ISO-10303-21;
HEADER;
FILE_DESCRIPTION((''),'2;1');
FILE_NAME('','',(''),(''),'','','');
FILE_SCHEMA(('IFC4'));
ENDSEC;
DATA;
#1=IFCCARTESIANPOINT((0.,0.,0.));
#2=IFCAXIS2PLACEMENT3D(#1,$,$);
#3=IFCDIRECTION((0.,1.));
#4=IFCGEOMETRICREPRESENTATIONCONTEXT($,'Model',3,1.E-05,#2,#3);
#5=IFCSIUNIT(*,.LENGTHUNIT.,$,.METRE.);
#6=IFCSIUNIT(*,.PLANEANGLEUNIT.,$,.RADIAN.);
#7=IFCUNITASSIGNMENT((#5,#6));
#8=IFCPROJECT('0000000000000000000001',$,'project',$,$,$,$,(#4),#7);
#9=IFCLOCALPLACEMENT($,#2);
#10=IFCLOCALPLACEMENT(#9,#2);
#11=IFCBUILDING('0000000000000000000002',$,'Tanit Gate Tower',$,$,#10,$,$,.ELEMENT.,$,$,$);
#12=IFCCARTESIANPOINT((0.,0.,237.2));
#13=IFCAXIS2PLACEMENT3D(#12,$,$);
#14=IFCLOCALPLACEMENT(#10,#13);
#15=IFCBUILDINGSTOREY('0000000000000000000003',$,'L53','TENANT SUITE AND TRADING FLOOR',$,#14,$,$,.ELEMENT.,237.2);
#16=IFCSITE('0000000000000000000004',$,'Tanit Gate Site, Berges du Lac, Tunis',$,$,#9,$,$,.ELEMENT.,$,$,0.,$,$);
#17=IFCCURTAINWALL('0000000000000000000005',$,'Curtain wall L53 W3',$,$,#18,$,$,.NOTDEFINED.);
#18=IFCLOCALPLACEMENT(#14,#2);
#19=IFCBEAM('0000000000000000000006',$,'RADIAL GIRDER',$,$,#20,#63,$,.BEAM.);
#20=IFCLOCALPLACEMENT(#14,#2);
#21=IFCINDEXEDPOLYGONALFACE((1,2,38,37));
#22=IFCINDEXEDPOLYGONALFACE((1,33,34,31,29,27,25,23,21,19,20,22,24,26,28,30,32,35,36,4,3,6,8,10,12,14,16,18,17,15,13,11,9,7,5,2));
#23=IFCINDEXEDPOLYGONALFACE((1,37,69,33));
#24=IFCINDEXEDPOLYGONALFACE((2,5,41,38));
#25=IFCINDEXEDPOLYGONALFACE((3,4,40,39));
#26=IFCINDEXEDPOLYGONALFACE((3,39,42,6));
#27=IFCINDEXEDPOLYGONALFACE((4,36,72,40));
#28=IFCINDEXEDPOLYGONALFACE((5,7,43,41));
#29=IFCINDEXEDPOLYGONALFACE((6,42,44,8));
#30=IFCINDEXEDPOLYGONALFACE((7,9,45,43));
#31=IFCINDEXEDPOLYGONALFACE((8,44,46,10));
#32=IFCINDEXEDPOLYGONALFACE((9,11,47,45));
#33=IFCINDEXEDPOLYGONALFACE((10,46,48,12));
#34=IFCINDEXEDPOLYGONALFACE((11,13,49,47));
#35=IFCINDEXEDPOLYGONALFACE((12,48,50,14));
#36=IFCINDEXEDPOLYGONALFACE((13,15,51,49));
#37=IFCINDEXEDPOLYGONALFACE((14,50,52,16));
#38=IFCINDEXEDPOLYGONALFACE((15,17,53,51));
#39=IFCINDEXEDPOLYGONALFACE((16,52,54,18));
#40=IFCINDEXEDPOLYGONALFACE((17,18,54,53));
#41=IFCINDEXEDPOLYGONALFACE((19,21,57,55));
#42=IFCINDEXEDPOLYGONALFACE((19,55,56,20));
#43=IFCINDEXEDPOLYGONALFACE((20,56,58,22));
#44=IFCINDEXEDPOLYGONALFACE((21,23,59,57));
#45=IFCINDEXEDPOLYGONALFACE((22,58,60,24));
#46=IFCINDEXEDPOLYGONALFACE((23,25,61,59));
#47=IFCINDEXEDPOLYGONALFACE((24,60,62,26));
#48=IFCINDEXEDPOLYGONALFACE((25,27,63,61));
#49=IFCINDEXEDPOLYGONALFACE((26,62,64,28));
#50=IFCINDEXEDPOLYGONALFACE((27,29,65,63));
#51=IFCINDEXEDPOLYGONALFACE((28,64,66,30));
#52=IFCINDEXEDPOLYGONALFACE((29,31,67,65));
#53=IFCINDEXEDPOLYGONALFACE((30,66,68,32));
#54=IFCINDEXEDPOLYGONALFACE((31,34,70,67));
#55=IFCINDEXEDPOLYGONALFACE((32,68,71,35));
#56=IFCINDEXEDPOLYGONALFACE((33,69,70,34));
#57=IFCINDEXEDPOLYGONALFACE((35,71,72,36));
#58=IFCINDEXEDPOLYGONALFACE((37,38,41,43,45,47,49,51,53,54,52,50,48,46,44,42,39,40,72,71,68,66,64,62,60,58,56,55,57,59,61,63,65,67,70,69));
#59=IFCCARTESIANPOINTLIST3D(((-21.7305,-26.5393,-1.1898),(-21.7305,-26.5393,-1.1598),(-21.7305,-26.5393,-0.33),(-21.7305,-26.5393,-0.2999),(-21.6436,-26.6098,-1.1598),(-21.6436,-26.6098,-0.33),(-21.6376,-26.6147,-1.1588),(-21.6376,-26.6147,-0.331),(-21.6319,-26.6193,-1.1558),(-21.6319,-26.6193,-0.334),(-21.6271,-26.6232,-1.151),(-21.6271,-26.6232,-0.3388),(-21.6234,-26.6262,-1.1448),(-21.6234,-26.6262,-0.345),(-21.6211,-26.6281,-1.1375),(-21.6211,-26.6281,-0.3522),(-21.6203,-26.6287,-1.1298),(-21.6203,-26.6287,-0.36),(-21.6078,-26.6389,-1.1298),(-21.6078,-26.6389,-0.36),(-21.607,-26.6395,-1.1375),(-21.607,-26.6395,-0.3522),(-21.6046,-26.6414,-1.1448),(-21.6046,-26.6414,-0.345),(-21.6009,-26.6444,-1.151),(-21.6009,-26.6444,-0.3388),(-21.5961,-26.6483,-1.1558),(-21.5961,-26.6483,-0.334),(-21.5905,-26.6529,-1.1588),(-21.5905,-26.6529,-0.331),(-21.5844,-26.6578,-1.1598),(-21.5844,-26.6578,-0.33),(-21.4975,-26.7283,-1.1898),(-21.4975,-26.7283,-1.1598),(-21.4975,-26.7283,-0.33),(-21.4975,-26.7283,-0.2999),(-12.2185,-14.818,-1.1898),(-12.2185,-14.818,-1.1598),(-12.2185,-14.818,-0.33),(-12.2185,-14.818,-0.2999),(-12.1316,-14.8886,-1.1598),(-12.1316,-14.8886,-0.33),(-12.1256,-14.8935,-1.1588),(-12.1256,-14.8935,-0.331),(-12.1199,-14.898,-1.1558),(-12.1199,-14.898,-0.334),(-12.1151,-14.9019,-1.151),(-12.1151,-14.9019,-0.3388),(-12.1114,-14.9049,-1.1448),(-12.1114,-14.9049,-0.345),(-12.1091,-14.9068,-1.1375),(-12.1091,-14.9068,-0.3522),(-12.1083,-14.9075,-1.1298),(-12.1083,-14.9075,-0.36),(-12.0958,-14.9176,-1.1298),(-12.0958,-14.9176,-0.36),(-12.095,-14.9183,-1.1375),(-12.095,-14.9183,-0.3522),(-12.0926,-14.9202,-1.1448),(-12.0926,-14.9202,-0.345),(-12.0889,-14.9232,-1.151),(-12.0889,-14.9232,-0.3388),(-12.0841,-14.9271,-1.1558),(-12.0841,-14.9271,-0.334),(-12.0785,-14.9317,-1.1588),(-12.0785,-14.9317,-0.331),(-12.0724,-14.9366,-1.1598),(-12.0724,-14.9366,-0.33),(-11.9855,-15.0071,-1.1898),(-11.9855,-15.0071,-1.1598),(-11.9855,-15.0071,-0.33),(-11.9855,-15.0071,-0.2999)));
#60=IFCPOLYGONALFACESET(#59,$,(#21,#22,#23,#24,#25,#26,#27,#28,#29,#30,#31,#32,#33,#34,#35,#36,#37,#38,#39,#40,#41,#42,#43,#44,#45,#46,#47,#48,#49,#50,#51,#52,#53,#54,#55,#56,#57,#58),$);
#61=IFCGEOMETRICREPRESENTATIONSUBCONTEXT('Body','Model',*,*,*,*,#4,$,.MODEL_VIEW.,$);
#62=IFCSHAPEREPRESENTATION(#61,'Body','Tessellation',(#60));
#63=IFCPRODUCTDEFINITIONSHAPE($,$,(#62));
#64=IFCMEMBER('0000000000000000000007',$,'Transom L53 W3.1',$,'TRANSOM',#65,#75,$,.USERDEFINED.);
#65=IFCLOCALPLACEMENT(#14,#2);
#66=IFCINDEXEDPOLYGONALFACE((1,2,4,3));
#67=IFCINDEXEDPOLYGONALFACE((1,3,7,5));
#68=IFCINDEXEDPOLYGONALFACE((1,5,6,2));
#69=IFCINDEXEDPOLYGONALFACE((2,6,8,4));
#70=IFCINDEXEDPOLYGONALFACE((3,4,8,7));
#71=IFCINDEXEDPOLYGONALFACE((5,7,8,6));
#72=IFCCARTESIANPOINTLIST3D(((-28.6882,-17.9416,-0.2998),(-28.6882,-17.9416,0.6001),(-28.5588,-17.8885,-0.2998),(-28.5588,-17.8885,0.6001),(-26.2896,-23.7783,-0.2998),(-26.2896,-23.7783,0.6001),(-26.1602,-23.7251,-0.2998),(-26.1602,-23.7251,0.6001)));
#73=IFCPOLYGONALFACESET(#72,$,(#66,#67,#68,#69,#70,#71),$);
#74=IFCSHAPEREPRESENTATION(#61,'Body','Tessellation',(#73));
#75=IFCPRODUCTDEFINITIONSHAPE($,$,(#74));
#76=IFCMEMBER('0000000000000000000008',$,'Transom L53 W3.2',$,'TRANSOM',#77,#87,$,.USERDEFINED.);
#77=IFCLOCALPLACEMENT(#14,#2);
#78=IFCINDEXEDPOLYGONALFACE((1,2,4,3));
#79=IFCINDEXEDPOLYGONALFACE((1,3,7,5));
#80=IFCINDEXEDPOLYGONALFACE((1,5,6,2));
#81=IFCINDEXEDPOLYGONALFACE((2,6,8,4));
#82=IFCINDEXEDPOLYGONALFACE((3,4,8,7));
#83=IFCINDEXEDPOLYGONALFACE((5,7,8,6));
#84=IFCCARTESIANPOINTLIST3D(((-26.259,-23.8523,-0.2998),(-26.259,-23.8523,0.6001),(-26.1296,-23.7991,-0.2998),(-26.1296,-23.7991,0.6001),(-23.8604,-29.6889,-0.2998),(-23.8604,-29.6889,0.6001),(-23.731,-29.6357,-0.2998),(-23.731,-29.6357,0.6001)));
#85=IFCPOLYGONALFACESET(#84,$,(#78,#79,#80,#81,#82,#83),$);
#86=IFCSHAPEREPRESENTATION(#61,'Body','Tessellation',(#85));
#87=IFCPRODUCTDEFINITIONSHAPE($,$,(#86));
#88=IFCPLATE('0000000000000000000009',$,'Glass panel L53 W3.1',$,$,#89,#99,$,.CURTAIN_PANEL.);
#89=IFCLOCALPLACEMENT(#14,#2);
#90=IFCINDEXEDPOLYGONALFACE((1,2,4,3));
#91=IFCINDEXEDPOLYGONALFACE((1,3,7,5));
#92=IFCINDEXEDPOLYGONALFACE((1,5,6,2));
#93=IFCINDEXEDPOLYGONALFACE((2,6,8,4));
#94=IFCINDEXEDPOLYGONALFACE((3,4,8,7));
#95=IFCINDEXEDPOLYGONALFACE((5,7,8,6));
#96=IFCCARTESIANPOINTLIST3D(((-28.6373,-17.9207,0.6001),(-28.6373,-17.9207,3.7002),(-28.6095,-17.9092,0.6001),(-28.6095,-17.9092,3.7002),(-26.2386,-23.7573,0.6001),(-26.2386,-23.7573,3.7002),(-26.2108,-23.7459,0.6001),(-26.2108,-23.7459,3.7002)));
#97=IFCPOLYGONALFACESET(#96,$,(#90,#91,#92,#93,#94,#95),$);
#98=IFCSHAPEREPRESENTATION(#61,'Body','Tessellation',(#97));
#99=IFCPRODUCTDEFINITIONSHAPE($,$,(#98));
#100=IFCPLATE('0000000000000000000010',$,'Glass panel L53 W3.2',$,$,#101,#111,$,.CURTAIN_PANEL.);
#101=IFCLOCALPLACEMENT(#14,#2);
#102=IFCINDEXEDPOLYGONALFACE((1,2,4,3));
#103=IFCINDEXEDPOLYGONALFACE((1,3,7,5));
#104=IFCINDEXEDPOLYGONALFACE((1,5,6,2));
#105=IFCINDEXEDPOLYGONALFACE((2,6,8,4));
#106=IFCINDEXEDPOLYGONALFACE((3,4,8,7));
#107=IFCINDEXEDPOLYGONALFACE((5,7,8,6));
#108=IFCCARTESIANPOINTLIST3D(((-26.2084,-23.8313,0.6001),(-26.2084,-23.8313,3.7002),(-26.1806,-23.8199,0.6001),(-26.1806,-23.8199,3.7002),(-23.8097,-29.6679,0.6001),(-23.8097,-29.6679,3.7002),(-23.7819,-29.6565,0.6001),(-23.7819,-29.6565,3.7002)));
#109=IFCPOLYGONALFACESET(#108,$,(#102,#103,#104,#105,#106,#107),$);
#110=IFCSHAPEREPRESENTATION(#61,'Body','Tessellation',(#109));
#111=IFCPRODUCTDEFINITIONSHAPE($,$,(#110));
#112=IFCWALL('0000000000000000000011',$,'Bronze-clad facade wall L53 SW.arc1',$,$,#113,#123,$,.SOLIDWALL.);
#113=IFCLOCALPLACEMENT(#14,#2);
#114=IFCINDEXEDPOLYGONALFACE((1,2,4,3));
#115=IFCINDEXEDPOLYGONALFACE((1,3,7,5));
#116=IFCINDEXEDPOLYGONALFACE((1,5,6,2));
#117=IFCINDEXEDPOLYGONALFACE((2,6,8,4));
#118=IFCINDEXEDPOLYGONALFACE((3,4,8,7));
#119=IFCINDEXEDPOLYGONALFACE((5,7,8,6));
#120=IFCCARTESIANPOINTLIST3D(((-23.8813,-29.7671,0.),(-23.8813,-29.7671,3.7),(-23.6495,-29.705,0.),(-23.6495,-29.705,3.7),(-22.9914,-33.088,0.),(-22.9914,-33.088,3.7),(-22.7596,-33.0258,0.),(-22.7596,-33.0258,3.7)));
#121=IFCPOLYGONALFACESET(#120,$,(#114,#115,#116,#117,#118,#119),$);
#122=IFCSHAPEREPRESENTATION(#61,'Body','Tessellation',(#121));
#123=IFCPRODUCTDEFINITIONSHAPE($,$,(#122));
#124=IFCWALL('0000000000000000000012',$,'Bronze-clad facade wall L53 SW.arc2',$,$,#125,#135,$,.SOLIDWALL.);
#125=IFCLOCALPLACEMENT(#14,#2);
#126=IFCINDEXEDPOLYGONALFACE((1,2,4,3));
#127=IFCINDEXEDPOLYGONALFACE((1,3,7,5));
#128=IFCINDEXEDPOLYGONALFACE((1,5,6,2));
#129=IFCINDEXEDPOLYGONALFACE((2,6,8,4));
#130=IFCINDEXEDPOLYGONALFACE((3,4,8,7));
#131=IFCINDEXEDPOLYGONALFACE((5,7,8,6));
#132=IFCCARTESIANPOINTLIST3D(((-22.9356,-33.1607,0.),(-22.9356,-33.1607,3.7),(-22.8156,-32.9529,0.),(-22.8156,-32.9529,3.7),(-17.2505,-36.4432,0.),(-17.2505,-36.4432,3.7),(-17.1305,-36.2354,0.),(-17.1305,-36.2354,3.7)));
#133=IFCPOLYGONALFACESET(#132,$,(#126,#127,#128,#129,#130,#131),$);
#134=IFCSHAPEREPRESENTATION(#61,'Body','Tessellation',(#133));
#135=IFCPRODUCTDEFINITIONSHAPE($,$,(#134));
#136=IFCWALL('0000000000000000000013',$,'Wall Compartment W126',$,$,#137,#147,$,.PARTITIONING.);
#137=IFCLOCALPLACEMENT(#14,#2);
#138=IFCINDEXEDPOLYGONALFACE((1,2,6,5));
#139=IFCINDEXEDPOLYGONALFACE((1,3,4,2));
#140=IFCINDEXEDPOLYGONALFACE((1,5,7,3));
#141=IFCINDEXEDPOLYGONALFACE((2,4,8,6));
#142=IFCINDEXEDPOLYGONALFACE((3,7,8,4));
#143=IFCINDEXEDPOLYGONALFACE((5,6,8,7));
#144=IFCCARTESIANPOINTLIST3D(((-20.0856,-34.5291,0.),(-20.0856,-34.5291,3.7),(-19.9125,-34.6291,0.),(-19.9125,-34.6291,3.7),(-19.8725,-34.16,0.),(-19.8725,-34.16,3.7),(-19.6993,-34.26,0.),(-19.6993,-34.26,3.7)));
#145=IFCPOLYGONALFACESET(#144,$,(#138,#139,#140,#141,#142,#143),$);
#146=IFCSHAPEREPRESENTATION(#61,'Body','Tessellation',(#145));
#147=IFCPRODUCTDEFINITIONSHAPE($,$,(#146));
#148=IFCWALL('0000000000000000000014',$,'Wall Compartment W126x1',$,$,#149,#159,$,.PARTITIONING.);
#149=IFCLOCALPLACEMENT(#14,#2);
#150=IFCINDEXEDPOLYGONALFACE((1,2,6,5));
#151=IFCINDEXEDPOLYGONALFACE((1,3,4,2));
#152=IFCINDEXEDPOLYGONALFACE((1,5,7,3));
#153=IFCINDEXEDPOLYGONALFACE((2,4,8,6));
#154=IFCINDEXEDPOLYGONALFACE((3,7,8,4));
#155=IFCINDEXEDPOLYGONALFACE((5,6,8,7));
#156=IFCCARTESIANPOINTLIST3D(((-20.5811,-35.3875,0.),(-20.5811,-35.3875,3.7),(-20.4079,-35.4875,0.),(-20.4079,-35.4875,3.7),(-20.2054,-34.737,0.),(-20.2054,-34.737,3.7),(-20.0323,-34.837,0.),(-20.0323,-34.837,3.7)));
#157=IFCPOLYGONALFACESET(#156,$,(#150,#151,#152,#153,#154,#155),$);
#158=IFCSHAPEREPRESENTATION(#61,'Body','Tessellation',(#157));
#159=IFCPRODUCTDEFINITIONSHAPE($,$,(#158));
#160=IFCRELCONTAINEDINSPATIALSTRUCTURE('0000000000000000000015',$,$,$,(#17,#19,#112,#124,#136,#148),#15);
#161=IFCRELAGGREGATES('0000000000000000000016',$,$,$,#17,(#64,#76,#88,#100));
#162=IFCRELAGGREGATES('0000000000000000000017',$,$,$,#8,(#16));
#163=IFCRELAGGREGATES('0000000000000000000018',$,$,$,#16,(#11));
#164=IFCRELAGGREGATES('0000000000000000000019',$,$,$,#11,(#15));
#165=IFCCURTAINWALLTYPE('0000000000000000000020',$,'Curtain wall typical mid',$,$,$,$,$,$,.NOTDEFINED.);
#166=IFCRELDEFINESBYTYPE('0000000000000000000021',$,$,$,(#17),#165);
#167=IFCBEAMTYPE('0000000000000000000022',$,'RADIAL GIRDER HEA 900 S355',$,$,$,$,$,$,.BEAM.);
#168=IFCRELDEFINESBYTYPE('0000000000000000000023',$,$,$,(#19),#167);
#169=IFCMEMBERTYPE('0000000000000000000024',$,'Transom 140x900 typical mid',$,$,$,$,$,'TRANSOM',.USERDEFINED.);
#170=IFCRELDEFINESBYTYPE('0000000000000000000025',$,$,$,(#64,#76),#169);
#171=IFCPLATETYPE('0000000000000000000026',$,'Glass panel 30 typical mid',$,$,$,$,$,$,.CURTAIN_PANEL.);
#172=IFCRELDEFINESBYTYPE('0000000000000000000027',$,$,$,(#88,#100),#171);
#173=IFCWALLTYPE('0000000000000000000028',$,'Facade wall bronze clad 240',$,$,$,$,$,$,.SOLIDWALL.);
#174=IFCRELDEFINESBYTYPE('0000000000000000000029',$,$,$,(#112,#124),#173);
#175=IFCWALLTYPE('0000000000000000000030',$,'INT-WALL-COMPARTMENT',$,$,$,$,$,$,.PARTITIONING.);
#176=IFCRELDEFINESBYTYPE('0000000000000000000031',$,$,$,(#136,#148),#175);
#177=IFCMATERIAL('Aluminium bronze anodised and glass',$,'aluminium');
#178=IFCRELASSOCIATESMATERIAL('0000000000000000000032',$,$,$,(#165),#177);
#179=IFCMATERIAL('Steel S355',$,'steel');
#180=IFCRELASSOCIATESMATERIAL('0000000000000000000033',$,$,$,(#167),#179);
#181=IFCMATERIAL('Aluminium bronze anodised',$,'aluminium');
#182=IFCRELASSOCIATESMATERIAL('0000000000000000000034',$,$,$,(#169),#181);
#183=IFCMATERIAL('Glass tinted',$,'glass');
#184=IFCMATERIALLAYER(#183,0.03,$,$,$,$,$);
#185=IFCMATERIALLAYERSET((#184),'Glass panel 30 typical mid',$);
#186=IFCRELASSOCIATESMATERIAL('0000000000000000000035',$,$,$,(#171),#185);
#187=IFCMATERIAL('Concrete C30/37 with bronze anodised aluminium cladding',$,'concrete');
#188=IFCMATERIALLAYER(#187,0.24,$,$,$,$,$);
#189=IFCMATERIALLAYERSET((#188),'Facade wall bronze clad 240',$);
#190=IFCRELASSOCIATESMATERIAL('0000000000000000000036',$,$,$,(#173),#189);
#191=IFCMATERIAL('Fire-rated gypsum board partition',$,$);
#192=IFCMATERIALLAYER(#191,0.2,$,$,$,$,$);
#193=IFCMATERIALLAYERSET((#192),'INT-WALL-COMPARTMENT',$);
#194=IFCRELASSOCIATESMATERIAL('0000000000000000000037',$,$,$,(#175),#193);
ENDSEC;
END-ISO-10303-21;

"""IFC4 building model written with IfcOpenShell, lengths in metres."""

from ifc_helpers import new_model, si_unit, direction, frame, frame_2d, origin, origin_2d, place, context, subcontext, project, spatial, rectangle, i_section, extrude, material, layer, layer_set, material_profile, profile_set, type_object, element, aggregate, save


model = new_model("IFC4")

# Units and contexts
model_context = context("Model", 3, precision=1e-05, world=origin(), true_north=direction((0.0, 1.0)))
body_context = subcontext(model_context, "Body", "Model", "MODEL_VIEW")
ifc_project = project(units=[si_unit("LENGTHUNIT", "METRE"), si_unit("PLANEANGLEUNIT", "RADIAN")], contexts=[model_context])

# Site, building, storey
site_placement = place(None, origin())
site = spatial("IfcSite", under=ifc_project, at=site_placement, Name="Tanit Gate Site, Berges du Lac, Tunis", CompositionType="ELEMENT", RefElevation=0.0)
building_placement = place(site_placement, origin())
building = spatial("IfcBuilding", under=site, at=building_placement, Name="Tanit Gate Tower", CompositionType="ELEMENT")
storey_placement = place(building_placement, frame((0.0, 0.0, 237.2)))
storey = spatial("IfcBuildingStorey", under=building, at=storey_placement, Name="L53", Description="TENANT SUITE AND TRADING FLOOR", CompositionType="ELEMENT", Elevation=237.2)

# Curtain wall
ifc_material_1 = material(Name="Aluminium bronze anodised and glass", Category="aluminium")
curtain_wall_type = type_object("IfcCurtainWallType", Name="Curtain wall typical mid", PredefinedType="NOTDEFINED", material=ifc_material_1)
curtain_wall_1_placement = place(storey_placement, origin())
curtain_wall_1 = element("IfcCurtainWall", 1, at=curtain_wall_1_placement, inside=storey, type_object=curtain_wall_type, Name="Curtain wall L53 W3", PredefinedType="NOTDEFINED")

# Beam
ifc_material_2 = material(Name="Steel S355", Category="steel")
ifc_material_profile_1 = material_profile(ifc_material_2, i_section(OverallWidth=0.3, OverallDepth=0.8899, WebThickness=0.0161, FlangeThickness=0.03, FilletRadius=0.03, at=origin_2d()), Name="HEA 900")
ifc_profile_set_1 = profile_set([ifc_material_profile_1], Name="Steel S355")
beam_type_1 = type_object("IfcBeamType", Name="RADIAL GIRDER HEA 900 S355", PredefinedType="BEAM", material=ifc_profile_set_1)
beam_1_placement = place(storey_placement, frame((-21.614, -26.6338, -0.7449), z_axis=(0.630133, 0.776487, 0.0), x_axis=(-0.776487, 0.630133, 0.0)))
element("IfcBeam", 2, at=beam_1_placement, inside=storey, type_object=beam_type_1, Name="RADIAL GIRDER", PredefinedType="BEAM", context=body_context, shape_type="SweptSolid", body=[
    extrude(i_section(OverallWidth=0.3, OverallDepth=0.8899, WebThickness=0.0161, FlangeThickness=0.03, FilletRadius=0.03, at=origin_2d()), origin(), (0.0, 0.0, 1.0), 15.0952),
])

# Members
ifc_material_3 = material(Name="Aluminium bronze anodised", Category="aluminium")
ifc_material_profile_2 = material_profile(ifc_material_3, rectangle(XDim=0.1399, YDim=0.8999, at=origin_2d()), Name="140x900 bronze transom")
ifc_profile_set_2 = profile_set([ifc_material_profile_2], Name="Aluminium bronze anodised")
member_type_1 = type_object("IfcMemberType", Name="Transom 140x900 typical mid", ElementType="TRANSOM", PredefinedType="USERDEFINED", material=ifc_profile_set_2)
member_1_placement = place(storey_placement, frame((-28.6235, -17.915, 0.1501), z_axis=(0.380119, -0.924937, 0.0), x_axis=(0.924937, 0.380119, 0.0)))
member_1 = element("IfcMember", 3, at=member_1_placement, type_object=member_type_1, Name="Transom L53 W3.1", ObjectType="TRANSOM", PredefinedType="USERDEFINED", context=body_context, shape_type="SweptSolid", body=[
    extrude(rectangle(XDim=0.1399, YDim=0.8999, at=origin_2d()), origin(), (0.0, 0.0, 1.0), 6.3103),
])
member_2_placement = place(storey_placement, frame((-26.1943, -23.8257, 0.1501), z_axis=(0.380119, -0.924937, 0.0), x_axis=(0.924937, 0.380119, 0.0)))
member_2 = element("IfcMember", 4, at=member_2_placement, type_object=member_type_1, Name="Transom L53 W3.2", ObjectType="TRANSOM", PredefinedType="USERDEFINED", context=body_context, shape_type="SweptSolid", body=[
    extrude(rectangle(XDim=0.1399, YDim=0.8999, at=origin_2d()), origin(), (0.0, 0.0, 1.0), 6.3103),
])

# Plates
ifc_material_4 = material(Name="Glass tinted", Category="glass")
ifc_layer_1 = layer(ifc_material_4, 0.03)
ifc_layer_set_1 = layer_set([ifc_layer_1], Name="Glass panel 30 typical mid")
plate_type = type_object("IfcPlateType", Name="Glass panel 30 typical mid", PredefinedType="CURTAIN_PANEL", material=ifc_layer_set_1)
plate_1_placement = place(storey_placement, frame((-27.4241, -20.8333, 0.6001), z_axis=(0.0, 0.0, 1.0), x_axis=(0.380126, -0.924935, 0.0)))
plate_1 = element("IfcPlate", 5, at=plate_1_placement, type_object=plate_type, Name="Glass panel L53 W3.1", PredefinedType="CURTAIN_PANEL", context=body_context, shape_type="SweptSolid", body=[
    extrude(rectangle(XDim=6.3103, YDim=0.03, at=origin_2d()), origin(), (0.0, 0.0, 1.0), 3.1001),
])
plate_2_placement = place(storey_placement, frame((-24.9951, -26.7439, 0.6001), z_axis=(0.0, 0.0, 1.0), x_axis=(0.380126, -0.924935, 0.0)))
plate_2 = element("IfcPlate", 6, at=plate_2_placement, type_object=plate_type, Name="Glass panel L53 W3.2", PredefinedType="CURTAIN_PANEL", context=body_context, shape_type="SweptSolid", body=[
    extrude(rectangle(XDim=6.3103, YDim=0.03, at=origin_2d()), origin(), (0.0, 0.0, 1.0), 3.1001),
])
aggregate(curtain_wall_1, [member_1, member_2, plate_1, plate_2])

# Walls
ifc_material_5 = material(Name="Concrete C30/37 with bronze anodised aluminium cladding", Category="concrete")
ifc_layer_2 = layer(ifc_material_5, 0.24)
ifc_layer_set_2 = layer_set([ifc_layer_2], Name="Facade wall bronze clad 240")
wall_type_1 = type_object("IfcWallType", Name="Facade wall bronze clad 240", PredefinedType="SOLIDWALL", material=ifc_layer_set_2)
wall_1_placement = place(storey_placement, frame((-23.7654, -29.7361, 0.0), z_axis=(0.0, 0.0, 1.0), x_axis=(0.258843, -0.96592, 0.0)))
element("IfcWall", 7, at=wall_1_placement, inside=storey, type_object=wall_type_1, Name="Bronze-clad facade wall L53 SW.arc1", PredefinedType="SOLIDWALL", context=body_context, shape_type="SweptSolid", body=[
    extrude(rectangle(XDim=3.438, YDim=0.24, at=frame_2d((1.719, 0.0))), origin(), (0.0, 0.0, 1.0), 3.7),
])
wall_2_placement = place(storey_placement, frame((-22.8755, -33.0569, 0.0), z_axis=(0.0, 0.0, 1.0), x_axis=(0.866012, -0.500023, 0.0)))
element("IfcWall", 8, at=wall_2_placement, inside=storey, type_object=wall_type_1, Name="Bronze-clad facade wall L53 SW.arc2", PredefinedType="SOLIDWALL", context=body_context, shape_type="SweptSolid", body=[
    extrude(rectangle(XDim=6.5647, YDim=0.24, at=frame_2d((3.2822, 0.0))), origin(), (0.0, 0.0, 1.0), 3.7),
])
ifc_material_6 = material(Name="Fire-rated gypsum board partition")
ifc_layer_3 = layer(ifc_material_6, 0.2)
ifc_layer_set_3 = layer_set([ifc_layer_3], Name="INT-WALL-COMPARTMENT")
wall_type_2 = type_object("IfcWallType", Name="INT-WALL-COMPARTMENT", PredefinedType="PARTITIONING", material=ifc_layer_set_3)
wall_3_placement = place(storey_placement, frame((-19.7859, -34.21, 0.0), z_axis=(0.0, 0.0, 1.0), x_axis=(-0.50002, -0.866014, 0.0)))
element("IfcWall", 9, at=wall_3_placement, inside=storey, type_object=wall_type_2, Name="Wall Compartment W126", PredefinedType="PARTITIONING", context=body_context, shape_type="SweptSolid", body=[
    extrude(rectangle(XDim=0.4263, YDim=0.2, at=frame_2d((0.2131, 0.0))), origin(), (0.0, 0.0, 1.0), 3.7),
])
wall_4_placement = place(storey_placement, frame((-20.1189, -34.7871, 0.0), z_axis=(0.0, 0.0, 1.0), x_axis=(-0.500088, -0.865975, 0.0)))
element("IfcWall", 10, at=wall_4_placement, inside=storey, type_object=wall_type_2, Name="Wall Compartment W126x1", PredefinedType="PARTITIONING", context=body_context, shape_type="SweptSolid", body=[
    extrude(rectangle(XDim=0.7512, YDim=0.2, at=frame_2d((0.3755, 0.0))), origin(), (0.0, 0.0, 1.0), 3.7),
])

save(model, "model.ifc")
